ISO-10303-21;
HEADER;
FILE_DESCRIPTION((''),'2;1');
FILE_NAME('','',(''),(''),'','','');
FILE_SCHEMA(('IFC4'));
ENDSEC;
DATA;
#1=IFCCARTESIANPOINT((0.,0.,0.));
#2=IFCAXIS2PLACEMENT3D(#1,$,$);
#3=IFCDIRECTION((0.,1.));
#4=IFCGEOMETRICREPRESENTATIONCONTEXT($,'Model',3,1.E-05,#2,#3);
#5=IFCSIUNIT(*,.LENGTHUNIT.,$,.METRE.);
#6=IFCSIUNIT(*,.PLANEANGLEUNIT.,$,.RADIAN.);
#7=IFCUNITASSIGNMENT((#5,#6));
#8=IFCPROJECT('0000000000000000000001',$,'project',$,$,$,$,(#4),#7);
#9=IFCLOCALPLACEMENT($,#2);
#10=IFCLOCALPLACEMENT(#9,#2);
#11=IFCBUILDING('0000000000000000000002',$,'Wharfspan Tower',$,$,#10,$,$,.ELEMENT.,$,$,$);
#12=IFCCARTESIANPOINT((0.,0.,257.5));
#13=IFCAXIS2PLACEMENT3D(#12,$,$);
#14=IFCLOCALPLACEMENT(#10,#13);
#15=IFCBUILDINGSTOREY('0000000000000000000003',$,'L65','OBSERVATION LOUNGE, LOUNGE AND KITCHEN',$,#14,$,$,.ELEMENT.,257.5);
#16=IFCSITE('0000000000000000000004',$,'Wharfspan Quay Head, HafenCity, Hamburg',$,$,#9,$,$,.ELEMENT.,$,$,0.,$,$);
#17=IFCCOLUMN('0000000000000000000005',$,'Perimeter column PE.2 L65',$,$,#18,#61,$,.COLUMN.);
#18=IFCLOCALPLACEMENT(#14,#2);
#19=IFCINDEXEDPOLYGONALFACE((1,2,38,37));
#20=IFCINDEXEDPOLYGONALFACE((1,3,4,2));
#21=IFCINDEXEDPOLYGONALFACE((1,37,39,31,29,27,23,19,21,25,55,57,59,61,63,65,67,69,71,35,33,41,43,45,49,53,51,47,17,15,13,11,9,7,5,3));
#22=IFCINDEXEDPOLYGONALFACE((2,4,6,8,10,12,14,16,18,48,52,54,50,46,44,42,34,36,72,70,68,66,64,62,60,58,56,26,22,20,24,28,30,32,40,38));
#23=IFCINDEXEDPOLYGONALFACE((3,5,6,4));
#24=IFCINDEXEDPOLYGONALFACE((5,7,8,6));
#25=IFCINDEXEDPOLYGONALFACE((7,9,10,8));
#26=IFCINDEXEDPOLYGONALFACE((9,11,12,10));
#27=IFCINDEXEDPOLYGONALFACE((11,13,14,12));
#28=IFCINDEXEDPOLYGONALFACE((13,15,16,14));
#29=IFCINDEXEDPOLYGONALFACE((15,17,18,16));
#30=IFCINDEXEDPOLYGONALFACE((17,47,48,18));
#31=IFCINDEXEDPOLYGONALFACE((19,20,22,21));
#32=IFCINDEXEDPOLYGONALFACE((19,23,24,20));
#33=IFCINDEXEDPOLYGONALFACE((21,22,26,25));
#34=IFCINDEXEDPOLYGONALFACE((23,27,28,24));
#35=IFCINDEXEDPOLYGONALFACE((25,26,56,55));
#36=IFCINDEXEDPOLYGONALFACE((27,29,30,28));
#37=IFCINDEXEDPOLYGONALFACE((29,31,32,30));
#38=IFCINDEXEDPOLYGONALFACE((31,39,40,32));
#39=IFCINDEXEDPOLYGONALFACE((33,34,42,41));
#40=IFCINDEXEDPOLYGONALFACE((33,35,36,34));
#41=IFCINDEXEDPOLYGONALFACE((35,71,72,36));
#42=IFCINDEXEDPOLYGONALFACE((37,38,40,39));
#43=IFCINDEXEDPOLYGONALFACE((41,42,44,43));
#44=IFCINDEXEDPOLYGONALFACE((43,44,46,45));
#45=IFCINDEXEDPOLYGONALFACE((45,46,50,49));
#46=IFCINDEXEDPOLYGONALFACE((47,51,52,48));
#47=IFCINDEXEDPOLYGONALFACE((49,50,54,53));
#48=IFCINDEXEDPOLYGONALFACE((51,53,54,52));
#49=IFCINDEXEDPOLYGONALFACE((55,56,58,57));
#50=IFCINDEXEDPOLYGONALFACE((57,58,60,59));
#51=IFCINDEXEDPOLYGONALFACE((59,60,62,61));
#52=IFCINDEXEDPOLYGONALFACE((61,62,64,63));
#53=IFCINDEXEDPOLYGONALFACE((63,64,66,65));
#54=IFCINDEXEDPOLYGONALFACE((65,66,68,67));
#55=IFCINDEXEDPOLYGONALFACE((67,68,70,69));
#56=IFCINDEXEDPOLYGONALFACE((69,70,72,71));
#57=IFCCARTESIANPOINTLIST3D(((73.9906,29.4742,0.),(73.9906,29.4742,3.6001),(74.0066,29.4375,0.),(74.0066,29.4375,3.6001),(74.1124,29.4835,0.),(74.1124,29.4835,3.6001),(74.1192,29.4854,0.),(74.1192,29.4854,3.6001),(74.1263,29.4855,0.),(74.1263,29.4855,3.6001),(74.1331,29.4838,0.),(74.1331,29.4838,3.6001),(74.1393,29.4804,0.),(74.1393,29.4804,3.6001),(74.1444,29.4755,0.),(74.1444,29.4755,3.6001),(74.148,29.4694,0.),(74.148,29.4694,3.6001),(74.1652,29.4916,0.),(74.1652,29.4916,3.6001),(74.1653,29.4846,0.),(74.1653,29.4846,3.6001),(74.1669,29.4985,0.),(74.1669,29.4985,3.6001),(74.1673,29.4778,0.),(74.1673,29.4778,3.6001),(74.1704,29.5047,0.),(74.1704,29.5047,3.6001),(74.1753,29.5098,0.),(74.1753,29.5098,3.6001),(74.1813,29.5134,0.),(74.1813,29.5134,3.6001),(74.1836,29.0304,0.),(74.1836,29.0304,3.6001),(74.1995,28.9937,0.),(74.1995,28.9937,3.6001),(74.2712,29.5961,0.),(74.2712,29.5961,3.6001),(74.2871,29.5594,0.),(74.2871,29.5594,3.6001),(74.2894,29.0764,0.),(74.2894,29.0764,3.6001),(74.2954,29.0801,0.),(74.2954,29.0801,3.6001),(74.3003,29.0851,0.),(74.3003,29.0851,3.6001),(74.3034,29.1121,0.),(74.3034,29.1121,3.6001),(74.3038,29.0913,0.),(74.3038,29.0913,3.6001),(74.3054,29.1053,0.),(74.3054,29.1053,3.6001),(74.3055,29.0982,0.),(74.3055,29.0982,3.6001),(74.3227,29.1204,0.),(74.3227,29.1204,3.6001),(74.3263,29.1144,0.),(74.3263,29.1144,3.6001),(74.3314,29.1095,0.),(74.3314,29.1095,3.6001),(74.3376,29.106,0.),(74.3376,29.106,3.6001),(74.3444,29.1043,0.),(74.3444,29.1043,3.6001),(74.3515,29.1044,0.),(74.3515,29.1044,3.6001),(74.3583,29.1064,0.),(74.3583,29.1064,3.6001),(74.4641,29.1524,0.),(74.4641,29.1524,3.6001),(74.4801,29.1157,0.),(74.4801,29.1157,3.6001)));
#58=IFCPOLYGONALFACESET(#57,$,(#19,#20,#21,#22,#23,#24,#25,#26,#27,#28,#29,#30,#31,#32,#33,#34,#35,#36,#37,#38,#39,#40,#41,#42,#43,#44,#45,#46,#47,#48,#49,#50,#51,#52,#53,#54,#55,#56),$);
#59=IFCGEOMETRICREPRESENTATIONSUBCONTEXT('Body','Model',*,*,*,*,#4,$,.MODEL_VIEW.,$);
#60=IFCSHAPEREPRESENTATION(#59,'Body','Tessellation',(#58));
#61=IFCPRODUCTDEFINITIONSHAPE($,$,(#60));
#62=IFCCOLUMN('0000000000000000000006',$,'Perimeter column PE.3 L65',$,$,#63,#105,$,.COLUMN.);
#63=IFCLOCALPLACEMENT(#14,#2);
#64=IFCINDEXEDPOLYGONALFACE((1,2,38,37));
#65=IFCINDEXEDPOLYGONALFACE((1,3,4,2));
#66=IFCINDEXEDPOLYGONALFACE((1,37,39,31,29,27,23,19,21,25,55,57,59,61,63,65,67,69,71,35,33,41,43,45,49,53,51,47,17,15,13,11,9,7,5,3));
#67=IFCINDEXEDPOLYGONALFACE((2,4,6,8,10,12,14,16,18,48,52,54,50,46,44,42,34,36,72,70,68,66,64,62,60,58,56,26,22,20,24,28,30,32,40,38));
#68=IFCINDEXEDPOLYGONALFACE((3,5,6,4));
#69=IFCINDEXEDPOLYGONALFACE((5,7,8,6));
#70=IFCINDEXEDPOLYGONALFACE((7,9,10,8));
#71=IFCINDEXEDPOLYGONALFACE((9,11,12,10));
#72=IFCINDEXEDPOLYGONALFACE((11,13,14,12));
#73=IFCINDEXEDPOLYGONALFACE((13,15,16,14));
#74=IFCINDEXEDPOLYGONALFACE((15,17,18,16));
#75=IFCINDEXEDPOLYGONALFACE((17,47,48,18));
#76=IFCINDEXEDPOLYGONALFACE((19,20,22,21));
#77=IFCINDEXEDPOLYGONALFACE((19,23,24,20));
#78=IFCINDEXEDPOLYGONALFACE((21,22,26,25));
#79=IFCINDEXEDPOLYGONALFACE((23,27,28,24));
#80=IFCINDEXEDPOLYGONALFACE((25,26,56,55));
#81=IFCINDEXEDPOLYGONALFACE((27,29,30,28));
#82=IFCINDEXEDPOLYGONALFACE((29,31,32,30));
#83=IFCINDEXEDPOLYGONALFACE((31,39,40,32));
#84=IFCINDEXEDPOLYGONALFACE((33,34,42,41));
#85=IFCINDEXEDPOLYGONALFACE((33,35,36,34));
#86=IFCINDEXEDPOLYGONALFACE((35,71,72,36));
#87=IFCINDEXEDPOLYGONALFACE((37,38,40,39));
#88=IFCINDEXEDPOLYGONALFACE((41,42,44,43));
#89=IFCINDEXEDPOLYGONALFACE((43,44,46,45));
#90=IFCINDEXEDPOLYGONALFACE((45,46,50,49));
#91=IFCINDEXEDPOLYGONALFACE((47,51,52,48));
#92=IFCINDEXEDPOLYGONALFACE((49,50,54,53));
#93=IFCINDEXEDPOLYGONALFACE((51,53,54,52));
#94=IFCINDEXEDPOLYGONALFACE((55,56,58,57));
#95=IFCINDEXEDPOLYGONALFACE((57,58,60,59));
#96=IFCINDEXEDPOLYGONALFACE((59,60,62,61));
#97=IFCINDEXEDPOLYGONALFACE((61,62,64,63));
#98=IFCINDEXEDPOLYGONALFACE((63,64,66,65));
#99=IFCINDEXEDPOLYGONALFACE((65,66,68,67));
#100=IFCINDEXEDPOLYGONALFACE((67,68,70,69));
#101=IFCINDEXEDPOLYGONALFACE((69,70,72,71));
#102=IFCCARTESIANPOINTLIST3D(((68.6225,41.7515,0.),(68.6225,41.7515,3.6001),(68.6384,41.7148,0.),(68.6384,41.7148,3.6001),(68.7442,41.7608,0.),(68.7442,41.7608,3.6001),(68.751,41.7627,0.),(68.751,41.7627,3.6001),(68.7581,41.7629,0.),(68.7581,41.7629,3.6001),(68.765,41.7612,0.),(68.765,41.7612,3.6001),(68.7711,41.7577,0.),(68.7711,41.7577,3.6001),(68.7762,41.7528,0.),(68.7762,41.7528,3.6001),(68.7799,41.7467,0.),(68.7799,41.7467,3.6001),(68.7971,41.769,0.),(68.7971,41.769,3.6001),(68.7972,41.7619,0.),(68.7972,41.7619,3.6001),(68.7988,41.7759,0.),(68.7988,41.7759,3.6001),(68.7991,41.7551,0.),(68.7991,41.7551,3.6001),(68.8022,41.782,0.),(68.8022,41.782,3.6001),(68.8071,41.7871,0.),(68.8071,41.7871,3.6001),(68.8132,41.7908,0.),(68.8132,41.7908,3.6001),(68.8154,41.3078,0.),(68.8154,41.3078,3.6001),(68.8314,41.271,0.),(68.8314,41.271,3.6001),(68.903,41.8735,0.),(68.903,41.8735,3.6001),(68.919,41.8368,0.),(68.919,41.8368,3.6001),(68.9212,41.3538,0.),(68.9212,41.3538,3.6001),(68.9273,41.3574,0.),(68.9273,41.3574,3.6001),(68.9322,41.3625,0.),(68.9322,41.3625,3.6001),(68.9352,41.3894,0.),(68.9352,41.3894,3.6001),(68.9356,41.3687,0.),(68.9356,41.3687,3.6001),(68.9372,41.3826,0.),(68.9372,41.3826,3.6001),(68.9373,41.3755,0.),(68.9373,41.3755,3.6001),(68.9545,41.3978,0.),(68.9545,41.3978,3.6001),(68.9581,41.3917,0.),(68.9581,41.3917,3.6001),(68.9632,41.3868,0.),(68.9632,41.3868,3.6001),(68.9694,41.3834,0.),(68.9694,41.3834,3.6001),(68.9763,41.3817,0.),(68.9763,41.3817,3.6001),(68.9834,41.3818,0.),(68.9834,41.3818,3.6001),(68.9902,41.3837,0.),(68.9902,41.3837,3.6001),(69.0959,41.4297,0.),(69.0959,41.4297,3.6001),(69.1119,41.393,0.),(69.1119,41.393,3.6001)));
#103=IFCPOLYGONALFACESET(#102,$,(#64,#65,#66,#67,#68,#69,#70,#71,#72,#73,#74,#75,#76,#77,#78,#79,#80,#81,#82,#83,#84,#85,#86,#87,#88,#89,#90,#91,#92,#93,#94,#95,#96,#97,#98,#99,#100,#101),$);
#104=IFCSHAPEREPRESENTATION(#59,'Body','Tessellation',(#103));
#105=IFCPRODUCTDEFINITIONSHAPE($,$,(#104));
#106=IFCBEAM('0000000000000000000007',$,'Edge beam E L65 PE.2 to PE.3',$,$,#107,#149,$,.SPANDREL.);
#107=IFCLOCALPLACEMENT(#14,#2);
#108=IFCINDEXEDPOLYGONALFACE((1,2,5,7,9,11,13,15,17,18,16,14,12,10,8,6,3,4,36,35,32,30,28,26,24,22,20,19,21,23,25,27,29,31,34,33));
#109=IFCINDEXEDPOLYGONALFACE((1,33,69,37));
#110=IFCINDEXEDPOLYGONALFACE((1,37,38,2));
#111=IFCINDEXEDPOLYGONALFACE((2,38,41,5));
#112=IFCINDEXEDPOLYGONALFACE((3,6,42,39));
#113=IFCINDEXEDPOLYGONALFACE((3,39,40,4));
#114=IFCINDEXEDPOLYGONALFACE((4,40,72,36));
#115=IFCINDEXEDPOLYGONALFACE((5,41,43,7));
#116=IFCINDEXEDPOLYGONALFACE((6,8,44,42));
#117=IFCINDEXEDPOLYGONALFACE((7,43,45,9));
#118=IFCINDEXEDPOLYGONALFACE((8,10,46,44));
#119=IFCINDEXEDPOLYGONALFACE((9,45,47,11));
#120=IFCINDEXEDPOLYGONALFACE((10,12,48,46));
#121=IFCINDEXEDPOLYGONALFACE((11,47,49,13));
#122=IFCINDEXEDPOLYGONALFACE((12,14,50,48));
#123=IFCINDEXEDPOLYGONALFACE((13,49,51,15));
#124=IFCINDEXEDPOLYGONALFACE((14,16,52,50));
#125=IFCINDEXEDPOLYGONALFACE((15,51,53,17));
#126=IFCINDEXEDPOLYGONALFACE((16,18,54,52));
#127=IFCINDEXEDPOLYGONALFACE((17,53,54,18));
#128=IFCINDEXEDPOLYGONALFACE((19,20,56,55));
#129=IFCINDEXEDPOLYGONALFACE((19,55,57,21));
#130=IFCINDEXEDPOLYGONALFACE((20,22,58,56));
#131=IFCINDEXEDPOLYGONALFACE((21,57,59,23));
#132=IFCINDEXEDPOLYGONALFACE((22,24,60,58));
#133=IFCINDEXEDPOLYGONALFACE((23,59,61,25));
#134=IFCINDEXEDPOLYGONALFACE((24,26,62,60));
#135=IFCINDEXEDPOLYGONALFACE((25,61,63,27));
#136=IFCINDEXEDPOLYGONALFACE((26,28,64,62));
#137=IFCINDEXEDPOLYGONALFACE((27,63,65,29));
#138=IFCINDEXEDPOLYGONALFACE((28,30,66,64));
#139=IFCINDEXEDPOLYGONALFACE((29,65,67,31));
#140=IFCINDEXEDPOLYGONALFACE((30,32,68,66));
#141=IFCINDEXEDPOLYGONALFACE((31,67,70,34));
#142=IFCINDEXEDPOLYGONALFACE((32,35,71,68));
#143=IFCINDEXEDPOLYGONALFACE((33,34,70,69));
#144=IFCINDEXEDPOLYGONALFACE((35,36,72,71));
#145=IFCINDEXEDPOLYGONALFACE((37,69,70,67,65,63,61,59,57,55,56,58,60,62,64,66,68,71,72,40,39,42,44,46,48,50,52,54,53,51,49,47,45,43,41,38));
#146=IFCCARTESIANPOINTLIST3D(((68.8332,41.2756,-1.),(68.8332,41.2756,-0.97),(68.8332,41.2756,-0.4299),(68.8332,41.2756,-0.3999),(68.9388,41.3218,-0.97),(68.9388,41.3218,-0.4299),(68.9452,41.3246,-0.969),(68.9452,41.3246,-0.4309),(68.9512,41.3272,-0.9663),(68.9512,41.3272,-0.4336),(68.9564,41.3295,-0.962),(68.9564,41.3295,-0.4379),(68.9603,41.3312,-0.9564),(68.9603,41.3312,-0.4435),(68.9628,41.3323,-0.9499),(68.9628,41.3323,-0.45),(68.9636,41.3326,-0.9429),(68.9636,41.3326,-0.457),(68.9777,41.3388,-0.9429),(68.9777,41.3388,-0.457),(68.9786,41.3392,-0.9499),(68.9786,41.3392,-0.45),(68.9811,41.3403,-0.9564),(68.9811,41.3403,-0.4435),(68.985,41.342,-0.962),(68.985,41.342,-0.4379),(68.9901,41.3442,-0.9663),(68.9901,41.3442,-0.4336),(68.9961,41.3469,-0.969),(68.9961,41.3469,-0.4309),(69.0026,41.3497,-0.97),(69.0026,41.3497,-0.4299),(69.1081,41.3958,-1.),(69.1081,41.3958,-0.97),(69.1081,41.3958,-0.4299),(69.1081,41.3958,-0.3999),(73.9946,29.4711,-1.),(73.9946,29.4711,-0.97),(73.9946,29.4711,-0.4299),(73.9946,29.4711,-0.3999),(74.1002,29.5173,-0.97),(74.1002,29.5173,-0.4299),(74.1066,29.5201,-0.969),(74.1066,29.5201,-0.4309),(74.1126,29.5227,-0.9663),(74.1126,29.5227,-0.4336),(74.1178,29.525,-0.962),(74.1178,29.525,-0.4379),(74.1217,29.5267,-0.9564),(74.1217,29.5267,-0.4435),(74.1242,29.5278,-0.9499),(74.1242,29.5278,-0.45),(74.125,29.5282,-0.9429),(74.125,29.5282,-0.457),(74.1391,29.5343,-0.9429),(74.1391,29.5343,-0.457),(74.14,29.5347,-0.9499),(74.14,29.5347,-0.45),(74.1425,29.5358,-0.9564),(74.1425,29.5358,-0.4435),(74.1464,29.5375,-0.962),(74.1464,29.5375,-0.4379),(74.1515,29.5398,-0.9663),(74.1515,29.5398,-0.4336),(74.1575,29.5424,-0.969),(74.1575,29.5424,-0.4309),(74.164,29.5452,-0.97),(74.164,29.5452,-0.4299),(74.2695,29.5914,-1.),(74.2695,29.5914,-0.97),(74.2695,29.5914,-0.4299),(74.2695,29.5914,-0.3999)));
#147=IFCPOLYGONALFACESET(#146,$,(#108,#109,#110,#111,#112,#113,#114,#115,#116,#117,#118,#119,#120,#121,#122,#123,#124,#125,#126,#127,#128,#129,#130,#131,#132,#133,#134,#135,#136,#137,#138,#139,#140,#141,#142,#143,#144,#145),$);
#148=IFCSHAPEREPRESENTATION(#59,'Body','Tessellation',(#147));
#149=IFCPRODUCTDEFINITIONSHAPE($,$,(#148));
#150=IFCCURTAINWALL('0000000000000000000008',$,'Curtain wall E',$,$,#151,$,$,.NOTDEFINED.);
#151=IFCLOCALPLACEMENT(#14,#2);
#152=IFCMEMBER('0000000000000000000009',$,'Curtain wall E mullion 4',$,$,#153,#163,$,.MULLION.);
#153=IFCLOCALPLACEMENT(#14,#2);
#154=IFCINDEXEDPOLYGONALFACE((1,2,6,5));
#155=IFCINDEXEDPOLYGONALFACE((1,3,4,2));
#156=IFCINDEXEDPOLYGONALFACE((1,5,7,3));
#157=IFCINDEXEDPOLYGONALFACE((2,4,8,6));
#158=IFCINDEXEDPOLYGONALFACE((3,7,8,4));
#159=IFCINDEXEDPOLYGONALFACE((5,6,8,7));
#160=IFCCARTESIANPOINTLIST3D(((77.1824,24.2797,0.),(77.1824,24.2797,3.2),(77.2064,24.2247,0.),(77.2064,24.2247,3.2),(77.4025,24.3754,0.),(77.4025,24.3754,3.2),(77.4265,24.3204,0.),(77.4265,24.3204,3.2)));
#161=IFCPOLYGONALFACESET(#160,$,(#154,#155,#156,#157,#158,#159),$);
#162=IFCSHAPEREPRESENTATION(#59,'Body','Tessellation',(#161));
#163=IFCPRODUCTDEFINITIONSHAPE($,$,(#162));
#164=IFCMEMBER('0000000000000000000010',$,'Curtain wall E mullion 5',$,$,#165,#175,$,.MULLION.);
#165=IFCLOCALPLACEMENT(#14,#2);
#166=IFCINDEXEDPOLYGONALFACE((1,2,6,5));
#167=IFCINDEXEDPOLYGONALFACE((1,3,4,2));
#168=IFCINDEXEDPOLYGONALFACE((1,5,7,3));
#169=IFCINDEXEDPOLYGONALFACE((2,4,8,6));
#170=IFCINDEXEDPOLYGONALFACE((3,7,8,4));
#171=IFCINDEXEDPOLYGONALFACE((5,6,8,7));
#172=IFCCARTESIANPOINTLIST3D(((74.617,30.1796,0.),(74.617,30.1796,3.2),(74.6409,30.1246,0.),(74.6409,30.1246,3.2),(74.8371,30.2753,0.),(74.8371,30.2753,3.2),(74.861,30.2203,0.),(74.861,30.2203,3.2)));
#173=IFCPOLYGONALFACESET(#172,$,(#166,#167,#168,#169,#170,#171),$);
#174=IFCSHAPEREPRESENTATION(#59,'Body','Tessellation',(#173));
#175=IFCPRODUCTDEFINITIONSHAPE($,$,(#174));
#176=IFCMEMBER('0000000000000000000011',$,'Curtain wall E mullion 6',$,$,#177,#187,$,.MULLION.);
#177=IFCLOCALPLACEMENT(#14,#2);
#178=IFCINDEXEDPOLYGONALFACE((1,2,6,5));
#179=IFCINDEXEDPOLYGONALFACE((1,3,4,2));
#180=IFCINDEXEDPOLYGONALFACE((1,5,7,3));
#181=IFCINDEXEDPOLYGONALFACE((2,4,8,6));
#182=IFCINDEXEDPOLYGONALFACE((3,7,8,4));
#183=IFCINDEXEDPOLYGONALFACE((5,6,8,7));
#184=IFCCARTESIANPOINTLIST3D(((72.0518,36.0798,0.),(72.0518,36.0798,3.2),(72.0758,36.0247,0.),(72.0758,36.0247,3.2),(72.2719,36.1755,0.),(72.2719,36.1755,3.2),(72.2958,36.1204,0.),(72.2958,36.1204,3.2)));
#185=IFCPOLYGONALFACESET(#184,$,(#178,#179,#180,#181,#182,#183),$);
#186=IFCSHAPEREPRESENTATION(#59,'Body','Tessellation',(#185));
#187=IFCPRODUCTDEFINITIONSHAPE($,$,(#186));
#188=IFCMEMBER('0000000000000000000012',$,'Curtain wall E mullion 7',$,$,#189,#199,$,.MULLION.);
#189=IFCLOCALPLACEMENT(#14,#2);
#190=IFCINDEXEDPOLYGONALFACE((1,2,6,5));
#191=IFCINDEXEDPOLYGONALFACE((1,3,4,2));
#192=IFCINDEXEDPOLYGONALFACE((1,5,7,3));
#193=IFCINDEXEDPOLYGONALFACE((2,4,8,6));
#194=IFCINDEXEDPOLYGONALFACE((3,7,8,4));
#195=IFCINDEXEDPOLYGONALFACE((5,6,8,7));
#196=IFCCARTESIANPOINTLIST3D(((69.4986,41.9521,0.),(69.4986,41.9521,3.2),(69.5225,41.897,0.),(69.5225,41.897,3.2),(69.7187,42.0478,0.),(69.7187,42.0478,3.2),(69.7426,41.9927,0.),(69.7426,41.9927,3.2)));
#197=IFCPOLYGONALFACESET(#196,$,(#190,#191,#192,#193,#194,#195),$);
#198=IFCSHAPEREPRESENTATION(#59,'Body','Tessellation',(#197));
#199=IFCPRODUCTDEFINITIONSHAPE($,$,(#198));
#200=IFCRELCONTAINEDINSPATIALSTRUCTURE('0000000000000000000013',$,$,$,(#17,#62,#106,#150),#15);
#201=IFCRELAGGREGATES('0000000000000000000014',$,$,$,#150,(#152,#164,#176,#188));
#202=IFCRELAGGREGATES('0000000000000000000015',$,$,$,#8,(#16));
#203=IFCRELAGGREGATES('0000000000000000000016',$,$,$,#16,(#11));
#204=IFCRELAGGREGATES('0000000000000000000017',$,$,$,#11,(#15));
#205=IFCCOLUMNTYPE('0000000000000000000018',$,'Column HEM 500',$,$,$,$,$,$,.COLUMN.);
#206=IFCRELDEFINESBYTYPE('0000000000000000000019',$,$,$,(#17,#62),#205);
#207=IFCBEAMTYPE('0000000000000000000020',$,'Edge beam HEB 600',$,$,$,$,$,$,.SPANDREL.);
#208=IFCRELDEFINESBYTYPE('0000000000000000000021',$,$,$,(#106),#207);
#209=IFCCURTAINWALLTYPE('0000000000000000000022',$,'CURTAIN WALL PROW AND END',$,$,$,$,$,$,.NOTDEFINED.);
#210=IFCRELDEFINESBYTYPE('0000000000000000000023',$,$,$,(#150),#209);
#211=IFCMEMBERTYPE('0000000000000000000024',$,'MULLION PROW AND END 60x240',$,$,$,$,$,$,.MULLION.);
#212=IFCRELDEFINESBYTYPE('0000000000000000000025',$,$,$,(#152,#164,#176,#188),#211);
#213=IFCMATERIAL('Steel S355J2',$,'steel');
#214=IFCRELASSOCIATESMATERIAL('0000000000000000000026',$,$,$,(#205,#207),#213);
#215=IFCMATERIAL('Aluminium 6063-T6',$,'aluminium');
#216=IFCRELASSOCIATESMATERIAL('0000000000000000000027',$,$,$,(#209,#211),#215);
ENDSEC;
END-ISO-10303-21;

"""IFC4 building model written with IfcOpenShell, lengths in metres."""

from ifc_helpers import new_model, si_unit, direction, frame, origin, origin_2d, place, context, subcontext, project, spatial, rectangle, i_section, extrude, material, material_profile, profile_set, type_object, element, aggregate, save


model = new_model("IFC4")

# Units and contexts
model_context = context("Model", 3, precision=1e-05, world=origin(), true_north=direction((0.0, 1.0)))
body_context = subcontext(model_context, "Body", "Model", "MODEL_VIEW")
ifc_project = project(units=[si_unit("LENGTHUNIT", "METRE"), si_unit("PLANEANGLEUNIT", "RADIAN")], contexts=[model_context])

# Site, building, storey
site_placement = place(None, origin())
site = spatial("IfcSite", under=ifc_project, at=site_placement, Name="Wharfspan Quay Head, HafenCity, Hamburg", CompositionType="ELEMENT", RefElevation=0.0)
building_placement = place(site_placement, origin())
building = spatial("IfcBuilding", under=site, at=building_placement, Name="Wharfspan Tower", CompositionType="ELEMENT")
storey_placement = place(building_placement, frame((0.0, 0.0, 257.5)))
storey = spatial("IfcBuildingStorey", under=building, at=storey_placement, Name="L65", Description="OBSERVATION LOUNGE, LOUNGE AND KITCHEN", CompositionType="ELEMENT", Elevation=257.5)

# Columns
ifc_material_1 = material(Name="Steel S355J2", Category="steel")
ifc_material_profile_1 = material_profile(ifc_material_1, i_section(OverallWidth=0.3059, OverallDepth=0.5239, WebThickness=0.021, FlangeThickness=0.04, FilletRadius=0.0271, at=origin_2d()))
ifc_profile_set_1 = profile_set([ifc_material_profile_1], Name="Steel S355J2")
column_type = type_object("IfcColumnType", Name="Column HEM 500", PredefinedType="COLUMN", material=ifc_profile_set_1)
for number, where, z_axis, x_axis, name in (
    (1, (74.2354, 29.2949, 0.0), (0.0, 0.0, 1.0), (0.917072, 0.398727, 0.0), "Perimeter column PE.2 L65"),
    (2, (68.8672, 41.5723, 0.0), (0.0, 0.0, 1.0), (0.917072, 0.398727, 0.0), "Perimeter column PE.3 L65"),
):
    element("IfcColumn", number, at=place(storey_placement, frame(where, z_axis=z_axis, x_axis=x_axis)), inside=storey, type_object=column_type, Name=name, PredefinedType="COLUMN", context=body_context, shape_type="SweptSolid", body=[
        extrude(i_section(OverallWidth=0.3059, OverallDepth=0.5239, WebThickness=0.021, FlangeThickness=0.04, FilletRadius=0.0271, at=origin_2d()), origin(), (0.0, 0.0, 1.0), 3.6001),
    ])

# Beam
ifc_material_profile_2 = material_profile(ifc_material_1, i_section(OverallWidth=0.3, OverallDepth=0.6001, WebThickness=0.0154, FlangeThickness=0.03, FilletRadius=0.0271, at=origin_2d()))
ifc_profile_set_2 = profile_set([ifc_material_profile_2], Name="Steel S355J2")
beam_type = type_object("IfcBeamType", Name="Edge beam HEB 600", PredefinedType="SPANDREL", material=ifc_profile_set_2)
beam_placement = place(storey_placement, frame((74.1321, 29.5312, -0.7), z_axis=(-0.400619, 0.916245, 0.0), x_axis=(-0.916245, -0.400619, 0.0)))
element("IfcBeam", 3, at=beam_placement, inside=storey, type_object=beam_type, Name="Edge beam E L65 PE.2 to PE.3", PredefinedType="SPANDREL", context=body_context, shape_type="SweptSolid", body=[
    extrude(i_section(OverallWidth=0.3, OverallDepth=0.6001, WebThickness=0.0154, FlangeThickness=0.03, FilletRadius=0.0271, at=origin_2d()), origin(), (0.0, 0.0, 1.0), 12.8835),
])

# Curtain wall, members
ifc_material_2 = material(Name="Aluminium 6063-T6", Category="aluminium")
curtain_wall_type = type_object("IfcCurtainWallType", Name="CURTAIN WALL PROW AND END", PredefinedType="NOTDEFINED", material=ifc_material_2)
curtain_wall_1_placement = place(storey_placement, origin())
curtain_wall_1 = element("IfcCurtainWall", 4, at=curtain_wall_1_placement, inside=storey, type_object=curtain_wall_type, Name="Curtain wall E", PredefinedType="NOTDEFINED")
ifc_material_profile_3 = material_profile(ifc_material_2, rectangle(XDim=0.24, YDim=0.0601, at=origin_2d()))
ifc_profile_set_3 = profile_set([ifc_material_profile_3], Name="Aluminium 6063-T6")
member_type_1 = type_object("IfcMemberType", Name="MULLION PROW AND END 60x240", PredefinedType="MULLION", material=ifc_profile_set_3)
member_1_placement = place(storey_placement, frame((77.3044, 24.3, 0.0), z_axis=(0.0, 0.0, 1.0), x_axis=(-0.917072, -0.398727, 0.0)))
member_1 = element("IfcMember", 5, at=member_1_placement, type_object=member_type_1, Name="Curtain wall E mullion 4", PredefinedType="MULLION", context=body_context, shape_type="SweptSolid", body=[
    extrude(rectangle(XDim=0.24, YDim=0.0601, at=origin_2d()), origin(), (0.0, 0.0, 1.0), 3.2),
])
member_2_placement = place(storey_placement, frame((74.739, 30.2, 0.0), z_axis=(0.0, 0.0, 1.0), x_axis=(-0.917072, -0.398727, 0.0)))
member_2 = element("IfcMember", 6, at=member_2_placement, type_object=member_type_1, Name="Curtain wall E mullion 5", PredefinedType="MULLION", context=body_context, shape_type="SweptSolid", body=[
    extrude(rectangle(XDim=0.24, YDim=0.0601, at=origin_2d()), origin(), (0.0, 0.0, 1.0), 3.2),
])
member_3_placement = place(storey_placement, frame((72.1738, 36.1001, 0.0), z_axis=(0.0, 0.0, 1.0), x_axis=(-0.917072, -0.398727, 0.0)))
member_3 = element("IfcMember", 7, at=member_3_placement, type_object=member_type_1, Name="Curtain wall E mullion 6", PredefinedType="MULLION", context=body_context, shape_type="SweptSolid", body=[
    extrude(rectangle(XDim=0.24, YDim=0.0601, at=origin_2d()), origin(), (0.0, 0.0, 1.0), 3.2),
])
member_4_placement = place(storey_placement, frame((69.6206, 41.9724, 0.0), z_axis=(0.0, 0.0, 1.0), x_axis=(-0.917072, -0.398727, 0.0)))
member_4 = element("IfcMember", 8, at=member_4_placement, type_object=member_type_1, Name="Curtain wall E mullion 7", PredefinedType="MULLION", context=body_context, shape_type="SweptSolid", body=[
    extrude(rectangle(XDim=0.24, YDim=0.0601, at=origin_2d()), origin(), (0.0, 0.0, 1.0), 3.2),
])

aggregate(curtain_wall_1, [member_1, member_2, member_3, member_4])

save(model, "model.ifc")
